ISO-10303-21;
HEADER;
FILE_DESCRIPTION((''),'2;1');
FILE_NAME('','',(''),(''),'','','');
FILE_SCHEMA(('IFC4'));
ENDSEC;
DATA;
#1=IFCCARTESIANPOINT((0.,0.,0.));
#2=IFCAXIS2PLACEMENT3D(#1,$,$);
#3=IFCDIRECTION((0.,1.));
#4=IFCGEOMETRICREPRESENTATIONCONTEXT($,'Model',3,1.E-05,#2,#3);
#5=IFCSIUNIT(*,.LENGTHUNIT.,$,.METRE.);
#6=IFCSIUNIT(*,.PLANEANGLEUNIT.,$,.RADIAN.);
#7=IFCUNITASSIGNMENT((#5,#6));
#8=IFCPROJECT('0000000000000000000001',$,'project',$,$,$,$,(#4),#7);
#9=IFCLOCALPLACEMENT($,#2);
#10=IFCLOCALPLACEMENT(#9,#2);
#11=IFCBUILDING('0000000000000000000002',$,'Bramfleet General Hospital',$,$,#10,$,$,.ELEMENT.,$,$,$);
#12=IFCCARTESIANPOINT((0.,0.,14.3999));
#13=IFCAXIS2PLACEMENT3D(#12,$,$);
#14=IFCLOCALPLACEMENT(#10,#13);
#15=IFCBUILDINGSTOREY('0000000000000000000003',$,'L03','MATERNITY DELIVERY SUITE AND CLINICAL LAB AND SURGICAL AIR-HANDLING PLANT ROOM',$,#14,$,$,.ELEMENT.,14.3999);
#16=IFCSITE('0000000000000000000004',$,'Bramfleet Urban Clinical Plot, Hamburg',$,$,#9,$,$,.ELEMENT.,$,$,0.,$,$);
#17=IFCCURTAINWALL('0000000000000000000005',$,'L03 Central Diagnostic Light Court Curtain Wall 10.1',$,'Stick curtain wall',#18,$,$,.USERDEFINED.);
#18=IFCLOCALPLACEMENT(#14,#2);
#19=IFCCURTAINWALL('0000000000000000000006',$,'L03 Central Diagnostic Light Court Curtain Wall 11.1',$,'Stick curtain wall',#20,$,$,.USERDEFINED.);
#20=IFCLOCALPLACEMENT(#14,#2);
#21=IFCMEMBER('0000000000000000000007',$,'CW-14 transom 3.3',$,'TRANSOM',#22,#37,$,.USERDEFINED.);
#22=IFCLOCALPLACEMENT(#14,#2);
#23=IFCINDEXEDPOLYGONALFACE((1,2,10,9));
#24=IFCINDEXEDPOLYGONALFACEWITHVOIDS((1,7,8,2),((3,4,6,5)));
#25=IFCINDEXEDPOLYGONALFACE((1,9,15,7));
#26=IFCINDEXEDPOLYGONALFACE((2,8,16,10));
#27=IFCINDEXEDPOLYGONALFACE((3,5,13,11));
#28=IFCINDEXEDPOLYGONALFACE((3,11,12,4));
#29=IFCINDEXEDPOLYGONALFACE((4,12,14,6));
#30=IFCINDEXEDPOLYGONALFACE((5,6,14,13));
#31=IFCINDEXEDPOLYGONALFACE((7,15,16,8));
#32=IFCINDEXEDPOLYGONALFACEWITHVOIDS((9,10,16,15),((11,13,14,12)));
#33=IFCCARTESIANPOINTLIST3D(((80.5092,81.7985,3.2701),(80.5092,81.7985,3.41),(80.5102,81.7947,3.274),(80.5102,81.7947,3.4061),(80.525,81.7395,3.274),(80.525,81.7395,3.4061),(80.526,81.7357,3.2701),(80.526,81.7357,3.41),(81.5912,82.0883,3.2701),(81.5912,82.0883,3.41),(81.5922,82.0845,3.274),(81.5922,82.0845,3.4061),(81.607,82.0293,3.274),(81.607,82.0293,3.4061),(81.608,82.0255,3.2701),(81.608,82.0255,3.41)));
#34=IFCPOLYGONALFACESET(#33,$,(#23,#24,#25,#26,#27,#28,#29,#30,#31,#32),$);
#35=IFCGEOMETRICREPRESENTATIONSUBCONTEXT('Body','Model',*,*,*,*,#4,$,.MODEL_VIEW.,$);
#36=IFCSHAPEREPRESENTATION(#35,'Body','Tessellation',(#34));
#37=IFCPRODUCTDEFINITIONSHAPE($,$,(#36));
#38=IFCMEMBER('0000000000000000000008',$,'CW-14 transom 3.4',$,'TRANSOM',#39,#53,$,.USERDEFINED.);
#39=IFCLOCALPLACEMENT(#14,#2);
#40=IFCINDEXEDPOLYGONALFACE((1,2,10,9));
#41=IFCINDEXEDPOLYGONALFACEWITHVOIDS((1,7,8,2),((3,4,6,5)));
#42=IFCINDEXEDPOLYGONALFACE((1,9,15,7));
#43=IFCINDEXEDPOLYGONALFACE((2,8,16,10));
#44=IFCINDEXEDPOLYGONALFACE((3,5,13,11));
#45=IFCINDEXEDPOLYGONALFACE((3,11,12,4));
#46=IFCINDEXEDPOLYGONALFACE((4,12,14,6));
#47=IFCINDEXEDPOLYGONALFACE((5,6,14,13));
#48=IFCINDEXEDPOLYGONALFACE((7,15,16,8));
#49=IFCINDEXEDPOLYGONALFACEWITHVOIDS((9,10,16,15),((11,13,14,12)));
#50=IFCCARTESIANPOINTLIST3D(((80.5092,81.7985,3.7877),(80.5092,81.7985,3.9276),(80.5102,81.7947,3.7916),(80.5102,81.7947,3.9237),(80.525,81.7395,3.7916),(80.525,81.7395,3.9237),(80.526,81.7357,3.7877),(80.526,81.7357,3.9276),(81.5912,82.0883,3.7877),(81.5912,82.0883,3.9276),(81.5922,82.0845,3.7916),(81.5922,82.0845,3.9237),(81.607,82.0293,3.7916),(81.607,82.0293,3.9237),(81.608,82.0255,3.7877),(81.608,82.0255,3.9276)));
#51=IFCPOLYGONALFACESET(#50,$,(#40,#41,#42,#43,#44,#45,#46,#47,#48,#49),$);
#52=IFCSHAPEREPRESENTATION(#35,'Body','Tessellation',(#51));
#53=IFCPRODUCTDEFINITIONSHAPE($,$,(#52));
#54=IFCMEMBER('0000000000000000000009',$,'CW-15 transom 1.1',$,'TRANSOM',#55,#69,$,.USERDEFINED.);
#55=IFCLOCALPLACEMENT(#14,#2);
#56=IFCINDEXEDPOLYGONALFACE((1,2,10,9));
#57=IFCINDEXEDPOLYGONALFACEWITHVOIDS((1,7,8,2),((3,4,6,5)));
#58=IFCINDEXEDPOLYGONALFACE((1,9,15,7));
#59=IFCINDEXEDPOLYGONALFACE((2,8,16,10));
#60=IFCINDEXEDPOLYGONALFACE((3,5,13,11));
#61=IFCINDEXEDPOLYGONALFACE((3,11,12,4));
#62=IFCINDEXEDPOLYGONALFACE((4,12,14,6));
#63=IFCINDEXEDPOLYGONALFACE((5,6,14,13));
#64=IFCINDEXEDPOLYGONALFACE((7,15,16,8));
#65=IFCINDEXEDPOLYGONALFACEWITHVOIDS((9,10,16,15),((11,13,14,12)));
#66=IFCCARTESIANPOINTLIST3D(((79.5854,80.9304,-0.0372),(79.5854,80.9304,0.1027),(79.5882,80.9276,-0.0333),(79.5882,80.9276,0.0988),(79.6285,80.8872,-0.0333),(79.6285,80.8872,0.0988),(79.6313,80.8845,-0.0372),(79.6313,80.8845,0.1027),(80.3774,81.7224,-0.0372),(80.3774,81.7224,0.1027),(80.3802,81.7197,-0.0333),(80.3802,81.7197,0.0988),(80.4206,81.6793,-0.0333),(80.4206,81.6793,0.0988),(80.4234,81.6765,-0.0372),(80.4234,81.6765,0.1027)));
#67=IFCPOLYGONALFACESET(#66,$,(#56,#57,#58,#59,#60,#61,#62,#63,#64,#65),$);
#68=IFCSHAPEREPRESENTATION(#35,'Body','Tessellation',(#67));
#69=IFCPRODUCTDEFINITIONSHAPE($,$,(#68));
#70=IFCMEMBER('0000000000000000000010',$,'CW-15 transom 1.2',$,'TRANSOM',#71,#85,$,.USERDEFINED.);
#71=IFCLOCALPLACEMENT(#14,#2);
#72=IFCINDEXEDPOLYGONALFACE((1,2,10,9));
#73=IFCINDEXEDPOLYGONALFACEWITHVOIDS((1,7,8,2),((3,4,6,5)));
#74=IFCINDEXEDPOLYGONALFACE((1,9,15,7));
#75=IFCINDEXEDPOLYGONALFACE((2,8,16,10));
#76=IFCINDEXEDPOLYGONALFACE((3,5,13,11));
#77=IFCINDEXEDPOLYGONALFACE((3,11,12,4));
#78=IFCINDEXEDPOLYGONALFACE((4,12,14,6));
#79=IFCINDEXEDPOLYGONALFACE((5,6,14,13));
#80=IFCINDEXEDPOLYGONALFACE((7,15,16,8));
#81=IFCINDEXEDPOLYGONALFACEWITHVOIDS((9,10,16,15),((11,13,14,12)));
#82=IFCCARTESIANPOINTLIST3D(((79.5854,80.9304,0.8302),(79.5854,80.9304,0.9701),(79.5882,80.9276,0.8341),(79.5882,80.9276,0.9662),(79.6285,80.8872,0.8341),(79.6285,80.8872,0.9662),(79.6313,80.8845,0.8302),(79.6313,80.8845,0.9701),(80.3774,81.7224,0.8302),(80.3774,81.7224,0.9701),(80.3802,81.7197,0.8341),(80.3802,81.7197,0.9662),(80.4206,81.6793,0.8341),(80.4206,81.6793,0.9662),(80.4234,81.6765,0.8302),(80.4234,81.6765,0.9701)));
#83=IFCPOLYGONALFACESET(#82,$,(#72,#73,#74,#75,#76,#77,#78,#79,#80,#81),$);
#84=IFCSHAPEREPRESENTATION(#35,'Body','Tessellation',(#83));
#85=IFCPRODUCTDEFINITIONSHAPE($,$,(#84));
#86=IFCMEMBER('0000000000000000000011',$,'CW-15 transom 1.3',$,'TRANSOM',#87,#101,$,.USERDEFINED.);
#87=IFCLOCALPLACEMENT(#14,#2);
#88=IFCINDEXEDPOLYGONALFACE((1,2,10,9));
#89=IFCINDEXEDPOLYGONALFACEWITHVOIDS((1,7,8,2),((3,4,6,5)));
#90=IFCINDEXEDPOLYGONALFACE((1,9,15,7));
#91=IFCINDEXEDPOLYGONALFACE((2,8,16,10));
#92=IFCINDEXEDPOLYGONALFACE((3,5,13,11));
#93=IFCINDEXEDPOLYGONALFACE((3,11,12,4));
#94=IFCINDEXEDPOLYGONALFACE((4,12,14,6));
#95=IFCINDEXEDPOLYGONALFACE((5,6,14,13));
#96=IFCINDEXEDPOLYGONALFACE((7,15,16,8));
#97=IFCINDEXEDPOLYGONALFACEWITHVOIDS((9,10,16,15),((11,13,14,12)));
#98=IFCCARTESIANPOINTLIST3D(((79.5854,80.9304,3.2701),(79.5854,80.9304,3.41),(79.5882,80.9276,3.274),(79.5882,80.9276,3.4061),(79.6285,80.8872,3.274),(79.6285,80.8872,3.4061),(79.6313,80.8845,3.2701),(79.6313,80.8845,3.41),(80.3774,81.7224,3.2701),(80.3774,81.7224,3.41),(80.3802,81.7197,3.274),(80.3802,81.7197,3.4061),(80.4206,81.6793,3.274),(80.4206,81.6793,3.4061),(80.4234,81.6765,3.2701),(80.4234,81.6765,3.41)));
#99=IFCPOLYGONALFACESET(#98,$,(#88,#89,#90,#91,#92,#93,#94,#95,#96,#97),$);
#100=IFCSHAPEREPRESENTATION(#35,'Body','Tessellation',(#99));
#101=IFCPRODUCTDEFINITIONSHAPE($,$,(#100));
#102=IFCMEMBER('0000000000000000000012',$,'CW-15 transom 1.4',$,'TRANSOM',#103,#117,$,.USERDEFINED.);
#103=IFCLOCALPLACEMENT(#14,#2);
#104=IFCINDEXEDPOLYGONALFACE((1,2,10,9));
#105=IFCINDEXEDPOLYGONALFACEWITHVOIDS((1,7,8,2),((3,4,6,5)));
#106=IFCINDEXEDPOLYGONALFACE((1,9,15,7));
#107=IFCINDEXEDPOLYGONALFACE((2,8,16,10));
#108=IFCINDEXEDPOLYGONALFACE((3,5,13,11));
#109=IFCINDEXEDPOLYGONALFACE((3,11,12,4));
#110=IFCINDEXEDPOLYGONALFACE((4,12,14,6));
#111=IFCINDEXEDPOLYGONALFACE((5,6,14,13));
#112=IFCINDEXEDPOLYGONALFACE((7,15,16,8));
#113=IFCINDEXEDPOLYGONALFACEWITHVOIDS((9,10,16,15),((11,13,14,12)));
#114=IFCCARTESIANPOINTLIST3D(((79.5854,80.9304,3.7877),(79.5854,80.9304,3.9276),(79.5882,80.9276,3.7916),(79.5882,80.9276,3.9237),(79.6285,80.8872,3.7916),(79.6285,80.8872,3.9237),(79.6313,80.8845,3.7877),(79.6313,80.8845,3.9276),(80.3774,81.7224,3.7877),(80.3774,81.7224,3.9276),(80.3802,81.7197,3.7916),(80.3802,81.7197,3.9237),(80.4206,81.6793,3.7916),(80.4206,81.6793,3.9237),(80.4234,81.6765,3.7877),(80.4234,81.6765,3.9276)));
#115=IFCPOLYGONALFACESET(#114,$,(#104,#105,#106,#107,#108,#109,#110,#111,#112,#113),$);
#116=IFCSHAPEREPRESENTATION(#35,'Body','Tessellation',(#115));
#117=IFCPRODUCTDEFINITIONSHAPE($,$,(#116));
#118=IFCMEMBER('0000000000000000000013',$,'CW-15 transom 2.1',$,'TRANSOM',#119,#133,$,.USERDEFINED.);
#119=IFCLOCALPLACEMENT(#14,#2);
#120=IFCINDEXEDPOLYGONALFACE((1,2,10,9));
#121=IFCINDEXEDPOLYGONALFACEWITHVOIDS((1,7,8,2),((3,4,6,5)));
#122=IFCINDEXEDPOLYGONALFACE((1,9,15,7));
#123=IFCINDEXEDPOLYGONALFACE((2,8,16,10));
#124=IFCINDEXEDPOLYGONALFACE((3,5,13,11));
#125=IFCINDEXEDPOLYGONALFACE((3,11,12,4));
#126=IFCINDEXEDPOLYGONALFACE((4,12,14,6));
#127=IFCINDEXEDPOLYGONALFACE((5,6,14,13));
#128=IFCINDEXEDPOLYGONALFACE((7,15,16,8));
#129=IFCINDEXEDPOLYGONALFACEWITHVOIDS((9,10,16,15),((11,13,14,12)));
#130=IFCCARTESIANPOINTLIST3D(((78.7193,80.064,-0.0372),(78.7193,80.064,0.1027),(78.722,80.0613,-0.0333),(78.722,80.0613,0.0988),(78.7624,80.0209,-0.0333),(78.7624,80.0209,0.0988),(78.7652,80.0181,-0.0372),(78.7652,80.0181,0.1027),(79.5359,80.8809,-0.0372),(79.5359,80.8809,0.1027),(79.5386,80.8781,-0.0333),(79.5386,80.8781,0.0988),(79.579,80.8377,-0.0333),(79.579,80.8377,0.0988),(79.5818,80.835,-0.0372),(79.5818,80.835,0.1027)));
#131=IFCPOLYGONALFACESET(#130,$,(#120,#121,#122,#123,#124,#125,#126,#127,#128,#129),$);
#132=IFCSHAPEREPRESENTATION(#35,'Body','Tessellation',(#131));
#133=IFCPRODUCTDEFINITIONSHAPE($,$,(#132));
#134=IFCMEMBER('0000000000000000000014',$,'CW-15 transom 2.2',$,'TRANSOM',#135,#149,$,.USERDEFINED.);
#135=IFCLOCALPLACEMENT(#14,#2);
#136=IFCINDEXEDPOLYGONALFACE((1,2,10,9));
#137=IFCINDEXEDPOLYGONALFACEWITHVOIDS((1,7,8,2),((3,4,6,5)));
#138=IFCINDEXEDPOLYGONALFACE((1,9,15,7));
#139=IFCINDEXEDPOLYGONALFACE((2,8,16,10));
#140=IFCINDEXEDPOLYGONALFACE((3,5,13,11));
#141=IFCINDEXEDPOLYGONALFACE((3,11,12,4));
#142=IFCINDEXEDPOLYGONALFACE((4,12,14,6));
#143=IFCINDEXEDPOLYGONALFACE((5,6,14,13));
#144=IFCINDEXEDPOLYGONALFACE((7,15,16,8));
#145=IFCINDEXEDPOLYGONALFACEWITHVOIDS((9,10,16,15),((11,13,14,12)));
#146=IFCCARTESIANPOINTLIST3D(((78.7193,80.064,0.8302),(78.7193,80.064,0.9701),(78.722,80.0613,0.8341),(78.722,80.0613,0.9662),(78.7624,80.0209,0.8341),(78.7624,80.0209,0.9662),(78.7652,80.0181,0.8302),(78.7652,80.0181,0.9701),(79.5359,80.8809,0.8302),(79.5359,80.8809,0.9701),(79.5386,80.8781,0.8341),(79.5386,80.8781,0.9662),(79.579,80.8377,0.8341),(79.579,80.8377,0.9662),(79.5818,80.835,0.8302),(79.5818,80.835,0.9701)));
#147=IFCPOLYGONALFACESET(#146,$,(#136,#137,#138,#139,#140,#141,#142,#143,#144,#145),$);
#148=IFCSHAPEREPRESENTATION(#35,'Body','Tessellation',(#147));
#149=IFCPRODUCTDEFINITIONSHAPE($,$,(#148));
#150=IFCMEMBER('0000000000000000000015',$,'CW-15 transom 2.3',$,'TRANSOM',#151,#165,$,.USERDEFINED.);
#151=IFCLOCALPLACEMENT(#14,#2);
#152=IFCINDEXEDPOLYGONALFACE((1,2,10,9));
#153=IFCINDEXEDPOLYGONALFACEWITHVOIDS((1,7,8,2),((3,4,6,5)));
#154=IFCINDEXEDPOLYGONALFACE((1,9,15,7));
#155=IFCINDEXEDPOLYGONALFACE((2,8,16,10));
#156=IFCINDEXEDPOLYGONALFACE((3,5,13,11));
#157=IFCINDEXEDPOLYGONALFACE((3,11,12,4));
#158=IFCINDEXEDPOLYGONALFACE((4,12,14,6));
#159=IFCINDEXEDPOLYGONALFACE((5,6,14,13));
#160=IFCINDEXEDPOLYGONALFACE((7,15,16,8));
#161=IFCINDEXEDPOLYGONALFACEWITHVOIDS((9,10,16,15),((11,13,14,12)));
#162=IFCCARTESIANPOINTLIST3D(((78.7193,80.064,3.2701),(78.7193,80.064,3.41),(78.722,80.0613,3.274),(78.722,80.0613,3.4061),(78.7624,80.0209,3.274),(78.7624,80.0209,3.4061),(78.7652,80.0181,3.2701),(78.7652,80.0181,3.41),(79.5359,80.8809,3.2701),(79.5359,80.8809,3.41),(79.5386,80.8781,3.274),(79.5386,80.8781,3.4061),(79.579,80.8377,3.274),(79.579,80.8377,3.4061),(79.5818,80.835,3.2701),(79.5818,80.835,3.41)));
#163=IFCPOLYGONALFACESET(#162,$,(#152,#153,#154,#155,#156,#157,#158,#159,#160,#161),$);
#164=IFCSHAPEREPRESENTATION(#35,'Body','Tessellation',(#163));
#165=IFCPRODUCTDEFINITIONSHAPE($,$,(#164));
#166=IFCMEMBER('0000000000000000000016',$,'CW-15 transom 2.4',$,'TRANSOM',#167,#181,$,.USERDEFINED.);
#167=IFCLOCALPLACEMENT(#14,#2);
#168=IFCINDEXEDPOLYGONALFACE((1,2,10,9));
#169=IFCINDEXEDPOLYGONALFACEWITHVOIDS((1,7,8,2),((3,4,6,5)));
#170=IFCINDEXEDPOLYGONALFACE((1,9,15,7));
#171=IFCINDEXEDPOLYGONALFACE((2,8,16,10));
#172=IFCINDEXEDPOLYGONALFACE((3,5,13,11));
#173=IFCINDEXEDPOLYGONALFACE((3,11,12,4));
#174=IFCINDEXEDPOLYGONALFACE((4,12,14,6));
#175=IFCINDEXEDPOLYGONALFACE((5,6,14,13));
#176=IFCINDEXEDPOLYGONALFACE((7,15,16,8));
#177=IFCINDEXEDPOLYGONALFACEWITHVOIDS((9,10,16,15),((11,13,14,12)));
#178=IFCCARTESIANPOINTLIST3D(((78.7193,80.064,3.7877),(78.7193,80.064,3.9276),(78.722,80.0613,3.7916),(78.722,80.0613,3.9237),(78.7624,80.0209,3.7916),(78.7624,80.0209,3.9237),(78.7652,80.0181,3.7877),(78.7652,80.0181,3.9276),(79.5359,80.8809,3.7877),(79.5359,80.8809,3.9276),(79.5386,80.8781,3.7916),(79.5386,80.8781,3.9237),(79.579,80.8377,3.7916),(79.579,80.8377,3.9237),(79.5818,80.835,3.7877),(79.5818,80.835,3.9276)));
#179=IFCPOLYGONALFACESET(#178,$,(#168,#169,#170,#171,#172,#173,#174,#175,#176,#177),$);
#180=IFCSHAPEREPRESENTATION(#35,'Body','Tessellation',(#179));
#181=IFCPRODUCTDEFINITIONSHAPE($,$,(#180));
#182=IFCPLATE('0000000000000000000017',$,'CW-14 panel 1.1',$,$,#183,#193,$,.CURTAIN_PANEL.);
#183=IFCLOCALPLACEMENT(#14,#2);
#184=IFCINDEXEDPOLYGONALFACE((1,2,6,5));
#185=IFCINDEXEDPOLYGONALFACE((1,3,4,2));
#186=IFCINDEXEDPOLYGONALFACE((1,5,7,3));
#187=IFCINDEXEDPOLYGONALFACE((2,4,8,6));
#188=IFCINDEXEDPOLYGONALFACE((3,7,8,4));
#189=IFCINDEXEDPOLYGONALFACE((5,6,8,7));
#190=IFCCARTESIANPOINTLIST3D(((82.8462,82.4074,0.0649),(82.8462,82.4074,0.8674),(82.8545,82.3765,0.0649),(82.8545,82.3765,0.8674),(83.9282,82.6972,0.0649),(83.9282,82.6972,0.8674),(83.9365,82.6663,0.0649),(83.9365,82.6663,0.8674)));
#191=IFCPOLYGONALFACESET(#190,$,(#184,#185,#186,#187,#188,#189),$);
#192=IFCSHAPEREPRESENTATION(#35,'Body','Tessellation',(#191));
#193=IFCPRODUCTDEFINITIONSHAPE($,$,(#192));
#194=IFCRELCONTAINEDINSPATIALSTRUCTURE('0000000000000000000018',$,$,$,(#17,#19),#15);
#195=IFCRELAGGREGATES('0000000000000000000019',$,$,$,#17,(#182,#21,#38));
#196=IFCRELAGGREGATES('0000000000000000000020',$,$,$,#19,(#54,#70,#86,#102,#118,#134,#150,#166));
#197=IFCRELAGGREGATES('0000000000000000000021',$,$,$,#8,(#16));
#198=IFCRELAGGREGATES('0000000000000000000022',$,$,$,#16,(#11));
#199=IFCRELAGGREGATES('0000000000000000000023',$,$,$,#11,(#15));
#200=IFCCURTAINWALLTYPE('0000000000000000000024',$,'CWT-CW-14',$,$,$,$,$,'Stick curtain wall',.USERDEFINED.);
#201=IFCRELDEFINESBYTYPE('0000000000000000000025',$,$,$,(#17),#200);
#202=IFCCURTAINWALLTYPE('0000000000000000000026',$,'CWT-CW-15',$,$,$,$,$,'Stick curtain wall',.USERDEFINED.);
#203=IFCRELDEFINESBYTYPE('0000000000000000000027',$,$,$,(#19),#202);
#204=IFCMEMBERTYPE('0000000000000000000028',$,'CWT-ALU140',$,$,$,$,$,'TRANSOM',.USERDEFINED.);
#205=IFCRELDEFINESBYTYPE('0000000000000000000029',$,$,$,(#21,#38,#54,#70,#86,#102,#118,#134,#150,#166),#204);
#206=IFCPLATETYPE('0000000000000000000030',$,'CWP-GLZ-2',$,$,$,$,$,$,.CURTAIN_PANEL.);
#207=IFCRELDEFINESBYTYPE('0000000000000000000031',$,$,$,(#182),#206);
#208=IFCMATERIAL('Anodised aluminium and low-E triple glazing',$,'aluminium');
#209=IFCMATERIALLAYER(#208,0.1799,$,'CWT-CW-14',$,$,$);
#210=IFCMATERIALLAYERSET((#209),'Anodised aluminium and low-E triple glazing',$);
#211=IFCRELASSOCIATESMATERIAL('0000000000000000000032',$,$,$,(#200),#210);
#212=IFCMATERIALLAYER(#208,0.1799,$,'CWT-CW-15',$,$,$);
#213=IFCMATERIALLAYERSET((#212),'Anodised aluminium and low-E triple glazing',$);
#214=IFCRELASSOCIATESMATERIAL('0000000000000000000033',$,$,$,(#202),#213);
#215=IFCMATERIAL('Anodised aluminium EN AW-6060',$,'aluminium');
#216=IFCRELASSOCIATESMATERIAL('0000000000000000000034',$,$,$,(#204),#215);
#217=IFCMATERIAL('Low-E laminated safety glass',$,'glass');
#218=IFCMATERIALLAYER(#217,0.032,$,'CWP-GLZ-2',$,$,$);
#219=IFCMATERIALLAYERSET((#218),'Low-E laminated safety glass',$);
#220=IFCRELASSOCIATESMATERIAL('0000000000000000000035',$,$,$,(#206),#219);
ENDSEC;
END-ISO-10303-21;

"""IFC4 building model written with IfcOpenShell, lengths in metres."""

from ifc_helpers import new_model, si_unit, direction, frame, origin, origin_2d, place, context, subcontext, project, spatial, rectangle, hollow_rectangle, extrude, material, layer, layer_set, material_profile, profile_set, type_object, element, aggregate, save


model = new_model("IFC4")

# Units and contexts
model_context = context("Model", 3, precision=1e-05, world=origin(), true_north=direction((0.0, 1.0)))
body_context = subcontext(model_context, "Body", "Model", "MODEL_VIEW")
ifc_project = project(units=[si_unit("LENGTHUNIT", "METRE"), si_unit("PLANEANGLEUNIT", "RADIAN")], contexts=[model_context])

# Site, building, storey
site_placement = place(None, origin())
site = spatial("IfcSite", under=ifc_project, at=site_placement, Name="Bramfleet Urban Clinical Plot, Hamburg", CompositionType="ELEMENT", RefElevation=0.0)
building_placement = place(site_placement, origin())
building = spatial("IfcBuilding", under=site, at=building_placement, Name="Bramfleet General Hospital", CompositionType="ELEMENT")
storey_placement = place(building_placement, frame((0.0, 0.0, 14.3999)))
storey = spatial("IfcBuildingStorey", under=building, at=storey_placement, Name="L03", Description="MATERNITY DELIVERY SUITE AND CLINICAL LAB AND SURGICAL AIR-HANDLING PLANT ROOM", CompositionType="ELEMENT", Elevation=14.3999)

# Curtain walls
ifc_material_1 = material(Name="Anodised aluminium and low-E triple glazing", Category="aluminium")
ifc_layer_1 = layer(ifc_material_1, 0.1799, Name="CWT-CW-14")
ifc_layer_set_1 = layer_set([ifc_layer_1], Name="Anodised aluminium and low-E triple glazing")
curtain_wall_type_1 = type_object("IfcCurtainWallType", Name="CWT-CW-14", ElementType="Stick curtain wall", PredefinedType="USERDEFINED", material=ifc_layer_set_1)
curtain_wall_1_placement = place(storey_placement, origin())
curtain_wall_1 = element("IfcCurtainWall", 1, at=curtain_wall_1_placement, inside=storey, type_object=curtain_wall_type_1, Name="L03 Central Diagnostic Light Court Curtain Wall 10.1", ObjectType="Stick curtain wall", PredefinedType="USERDEFINED")
ifc_material_2 = material(Name="Anodised aluminium EN AW-6060", Category="aluminium")
ifc_layer_2 = layer(ifc_material_1, 0.1799, Name="CWT-CW-15")
ifc_layer_set_2 = layer_set([ifc_layer_2], Name="Anodised aluminium and low-E triple glazing")
curtain_wall_type_2 = type_object("IfcCurtainWallType", Name="CWT-CW-15", ElementType="Stick curtain wall", PredefinedType="USERDEFINED", material=ifc_layer_set_2)
curtain_wall_2_placement = place(storey_placement, origin())
curtain_wall_2 = element("IfcCurtainWall", 2, at=curtain_wall_2_placement, inside=storey, type_object=curtain_wall_type_2, Name="L03 Central Diagnostic Light Court Curtain Wall 11.1", ObjectType="Stick curtain wall", PredefinedType="USERDEFINED")

# Members
ifc_material_profile_1 = material_profile(ifc_material_2, hollow_rectangle(XDim=0.0649, YDim=0.1399, WallThickness=0.0039, at=origin_2d()), Name="ALU 140x65x4.0")
ifc_profile_set_1 = profile_set([ifc_material_profile_1], Name="Anodised aluminium EN AW-6060")
member_type_1 = type_object("IfcMemberType", Name="CWT-ALU140", ElementType="TRANSOM", PredefinedType="USERDEFINED", material=ifc_profile_set_1)
member_1_placement = place(storey_placement, frame((81.5996, 82.0569, 3.3401), z_axis=(-0.965956, -0.258707, 0.0), x_axis=(0.258707, -0.965956, 0.0)))
member_1 = element("IfcMember", 3, at=member_1_placement, type_object=member_type_1, Name="CW-14 transom 3.3", ObjectType="TRANSOM", PredefinedType="USERDEFINED", context=body_context, shape_type="SweptSolid", body=[
    extrude(hollow_rectangle(XDim=0.0649, YDim=0.1399, WallThickness=0.0039, at=origin_2d()), origin(), (0.0, 0.0, 1.0), 1.1201),
])
member_2_placement = place(storey_placement, frame((81.5996, 82.0569, 3.8577), z_axis=(-0.965956, -0.258707, 0.0), x_axis=(0.258707, -0.965956, 0.0)))
member_2 = element("IfcMember", 4, at=member_2_placement, type_object=member_type_1, Name="CW-14 transom 3.4", ObjectType="TRANSOM", PredefinedType="USERDEFINED", context=body_context, shape_type="SweptSolid", body=[
    extrude(hollow_rectangle(XDim=0.0649, YDim=0.1399, WallThickness=0.0039, at=origin_2d()), origin(), (0.0, 0.0, 1.0), 1.1201),
])
member_3_placement = place(storey_placement, frame((80.4004, 81.6995, 0.0327), z_axis=(-0.707107, -0.707107, 0.0), x_axis=(0.707107, -0.707107, 0.0)))
member_3 = element("IfcMember", 5, at=member_3_placement, type_object=member_type_1, Name="CW-15 transom 1.1", ObjectType="TRANSOM", PredefinedType="USERDEFINED", context=body_context, shape_type="SweptSolid", body=[
    extrude(hollow_rectangle(XDim=0.0649, YDim=0.1399, WallThickness=0.0039, at=origin_2d()), origin(), (0.0, 0.0, 1.0), 1.1201),
])
member_4_placement = place(storey_placement, frame((80.4004, 81.6995, 0.9001), z_axis=(-0.707107, -0.707107, 0.0), x_axis=(0.707107, -0.707107, 0.0)))
member_4 = element("IfcMember", 6, at=member_4_placement, type_object=member_type_1, Name="CW-15 transom 1.2", ObjectType="TRANSOM", PredefinedType="USERDEFINED", context=body_context, shape_type="SweptSolid", body=[
    extrude(hollow_rectangle(XDim=0.0649, YDim=0.1399, WallThickness=0.0039, at=origin_2d()), origin(), (0.0, 0.0, 1.0), 1.1201),
])
member_5_placement = place(storey_placement, frame((80.4004, 81.6995, 3.3401), z_axis=(-0.707107, -0.707107, 0.0), x_axis=(0.707107, -0.707107, 0.0)))
member_5 = element("IfcMember", 7, at=member_5_placement, type_object=member_type_1, Name="CW-15 transom 1.3", ObjectType="TRANSOM", PredefinedType="USERDEFINED", context=body_context, shape_type="SweptSolid", body=[
    extrude(hollow_rectangle(XDim=0.0649, YDim=0.1399, WallThickness=0.0039, at=origin_2d()), origin(), (0.0, 0.0, 1.0), 1.1201),
])
member_6_placement = place(storey_placement, frame((80.4004, 81.6995, 3.8577), z_axis=(-0.707107, -0.707107, 0.0), x_axis=(0.707107, -0.707107, 0.0)))
member_6 = element("IfcMember", 8, at=member_6_placement, type_object=member_type_1, Name="CW-15 transom 1.4", ObjectType="TRANSOM", PredefinedType="USERDEFINED", context=body_context, shape_type="SweptSolid", body=[
    extrude(hollow_rectangle(XDim=0.0649, YDim=0.1399, WallThickness=0.0039, at=origin_2d()), origin(), (0.0, 0.0, 1.0), 1.1201),
])
member_7_placement = place(storey_placement, frame((79.5588, 80.8579, 0.0327), z_axis=(-0.707001, -0.707212, 0.0), x_axis=(0.707212, -0.707001, 0.0)))
member_7 = element("IfcMember", 9, at=member_7_placement, type_object=member_type_1, Name="CW-15 transom 2.1", ObjectType="TRANSOM", PredefinedType="USERDEFINED", context=body_context, shape_type="SweptSolid", body=[
    extrude(hollow_rectangle(XDim=0.0649, YDim=0.1399, WallThickness=0.0039, at=origin_2d()), origin(), (0.0, 0.0, 1.0), 1.155),
])
member_8_placement = place(storey_placement, frame((79.5588, 80.8579, 0.9001), z_axis=(-0.707001, -0.707212, 0.0), x_axis=(0.707212, -0.707001, 0.0)))
member_8 = element("IfcMember", 10, at=member_8_placement, type_object=member_type_1, Name="CW-15 transom 2.2", ObjectType="TRANSOM", PredefinedType="USERDEFINED", context=body_context, shape_type="SweptSolid", body=[
    extrude(hollow_rectangle(XDim=0.0649, YDim=0.1399, WallThickness=0.0039, at=origin_2d()), origin(), (0.0, 0.0, 1.0), 1.155),
])
member_9_placement = place(storey_placement, frame((79.5588, 80.8579, 3.3401), z_axis=(-0.707001, -0.707212, 0.0), x_axis=(0.707212, -0.707001, 0.0)))
member_9 = element("IfcMember", 11, at=member_9_placement, type_object=member_type_1, Name="CW-15 transom 2.3", ObjectType="TRANSOM", PredefinedType="USERDEFINED", context=body_context, shape_type="SweptSolid", body=[
    extrude(hollow_rectangle(XDim=0.0649, YDim=0.1399, WallThickness=0.0039, at=origin_2d()), origin(), (0.0, 0.0, 1.0), 1.155),
])
member_10_placement = place(storey_placement, frame((79.5588, 80.8579, 3.8577), z_axis=(-0.707001, -0.707212, 0.0), x_axis=(0.707212, -0.707001, 0.0)))
member_10 = element("IfcMember", 12, at=member_10_placement, type_object=member_type_1, Name="CW-15 transom 2.4", ObjectType="TRANSOM", PredefinedType="USERDEFINED", context=body_context, shape_type="SweptSolid", body=[
    extrude(hollow_rectangle(XDim=0.0649, YDim=0.1399, WallThickness=0.0039, at=origin_2d()), origin(), (0.0, 0.0, 1.0), 1.155),
])

# Plate
ifc_material_3 = material(Name="Low-E laminated safety glass", Category="glass")
ifc_layer_3 = layer(ifc_material_3, 0.032, Name="CWP-GLZ-2")
ifc_layer_set_3 = layer_set([ifc_layer_3], Name="Low-E laminated safety glass")
plate_type = type_object("IfcPlateType", Name="CWP-GLZ-2", PredefinedType="CURTAIN_PANEL", material=ifc_layer_set_3)
plate_1_placement = place(storey_placement, frame((83.3914, 82.5369, 0.0649), z_axis=(0.0, 0.0, 1.0), x_axis=(-0.965941, -0.258763, 0.0)))
plate_1 = element("IfcPlate", 13, at=plate_1_placement, type_object=plate_type, Name="CW-14 panel 1.1", PredefinedType="CURTAIN_PANEL", context=body_context, shape_type="SweptSolid", body=[
    extrude(rectangle(XDim=1.1201, YDim=0.032, at=origin_2d()), origin(), (0.0, 0.0, 1.0), 0.8025),
])
aggregate(curtain_wall_1, [plate_1, member_1, member_2])
aggregate(curtain_wall_2, [member_3, member_4, member_5, member_6, member_7, member_8, member_9, member_10])

save(model, "model.ifc")
